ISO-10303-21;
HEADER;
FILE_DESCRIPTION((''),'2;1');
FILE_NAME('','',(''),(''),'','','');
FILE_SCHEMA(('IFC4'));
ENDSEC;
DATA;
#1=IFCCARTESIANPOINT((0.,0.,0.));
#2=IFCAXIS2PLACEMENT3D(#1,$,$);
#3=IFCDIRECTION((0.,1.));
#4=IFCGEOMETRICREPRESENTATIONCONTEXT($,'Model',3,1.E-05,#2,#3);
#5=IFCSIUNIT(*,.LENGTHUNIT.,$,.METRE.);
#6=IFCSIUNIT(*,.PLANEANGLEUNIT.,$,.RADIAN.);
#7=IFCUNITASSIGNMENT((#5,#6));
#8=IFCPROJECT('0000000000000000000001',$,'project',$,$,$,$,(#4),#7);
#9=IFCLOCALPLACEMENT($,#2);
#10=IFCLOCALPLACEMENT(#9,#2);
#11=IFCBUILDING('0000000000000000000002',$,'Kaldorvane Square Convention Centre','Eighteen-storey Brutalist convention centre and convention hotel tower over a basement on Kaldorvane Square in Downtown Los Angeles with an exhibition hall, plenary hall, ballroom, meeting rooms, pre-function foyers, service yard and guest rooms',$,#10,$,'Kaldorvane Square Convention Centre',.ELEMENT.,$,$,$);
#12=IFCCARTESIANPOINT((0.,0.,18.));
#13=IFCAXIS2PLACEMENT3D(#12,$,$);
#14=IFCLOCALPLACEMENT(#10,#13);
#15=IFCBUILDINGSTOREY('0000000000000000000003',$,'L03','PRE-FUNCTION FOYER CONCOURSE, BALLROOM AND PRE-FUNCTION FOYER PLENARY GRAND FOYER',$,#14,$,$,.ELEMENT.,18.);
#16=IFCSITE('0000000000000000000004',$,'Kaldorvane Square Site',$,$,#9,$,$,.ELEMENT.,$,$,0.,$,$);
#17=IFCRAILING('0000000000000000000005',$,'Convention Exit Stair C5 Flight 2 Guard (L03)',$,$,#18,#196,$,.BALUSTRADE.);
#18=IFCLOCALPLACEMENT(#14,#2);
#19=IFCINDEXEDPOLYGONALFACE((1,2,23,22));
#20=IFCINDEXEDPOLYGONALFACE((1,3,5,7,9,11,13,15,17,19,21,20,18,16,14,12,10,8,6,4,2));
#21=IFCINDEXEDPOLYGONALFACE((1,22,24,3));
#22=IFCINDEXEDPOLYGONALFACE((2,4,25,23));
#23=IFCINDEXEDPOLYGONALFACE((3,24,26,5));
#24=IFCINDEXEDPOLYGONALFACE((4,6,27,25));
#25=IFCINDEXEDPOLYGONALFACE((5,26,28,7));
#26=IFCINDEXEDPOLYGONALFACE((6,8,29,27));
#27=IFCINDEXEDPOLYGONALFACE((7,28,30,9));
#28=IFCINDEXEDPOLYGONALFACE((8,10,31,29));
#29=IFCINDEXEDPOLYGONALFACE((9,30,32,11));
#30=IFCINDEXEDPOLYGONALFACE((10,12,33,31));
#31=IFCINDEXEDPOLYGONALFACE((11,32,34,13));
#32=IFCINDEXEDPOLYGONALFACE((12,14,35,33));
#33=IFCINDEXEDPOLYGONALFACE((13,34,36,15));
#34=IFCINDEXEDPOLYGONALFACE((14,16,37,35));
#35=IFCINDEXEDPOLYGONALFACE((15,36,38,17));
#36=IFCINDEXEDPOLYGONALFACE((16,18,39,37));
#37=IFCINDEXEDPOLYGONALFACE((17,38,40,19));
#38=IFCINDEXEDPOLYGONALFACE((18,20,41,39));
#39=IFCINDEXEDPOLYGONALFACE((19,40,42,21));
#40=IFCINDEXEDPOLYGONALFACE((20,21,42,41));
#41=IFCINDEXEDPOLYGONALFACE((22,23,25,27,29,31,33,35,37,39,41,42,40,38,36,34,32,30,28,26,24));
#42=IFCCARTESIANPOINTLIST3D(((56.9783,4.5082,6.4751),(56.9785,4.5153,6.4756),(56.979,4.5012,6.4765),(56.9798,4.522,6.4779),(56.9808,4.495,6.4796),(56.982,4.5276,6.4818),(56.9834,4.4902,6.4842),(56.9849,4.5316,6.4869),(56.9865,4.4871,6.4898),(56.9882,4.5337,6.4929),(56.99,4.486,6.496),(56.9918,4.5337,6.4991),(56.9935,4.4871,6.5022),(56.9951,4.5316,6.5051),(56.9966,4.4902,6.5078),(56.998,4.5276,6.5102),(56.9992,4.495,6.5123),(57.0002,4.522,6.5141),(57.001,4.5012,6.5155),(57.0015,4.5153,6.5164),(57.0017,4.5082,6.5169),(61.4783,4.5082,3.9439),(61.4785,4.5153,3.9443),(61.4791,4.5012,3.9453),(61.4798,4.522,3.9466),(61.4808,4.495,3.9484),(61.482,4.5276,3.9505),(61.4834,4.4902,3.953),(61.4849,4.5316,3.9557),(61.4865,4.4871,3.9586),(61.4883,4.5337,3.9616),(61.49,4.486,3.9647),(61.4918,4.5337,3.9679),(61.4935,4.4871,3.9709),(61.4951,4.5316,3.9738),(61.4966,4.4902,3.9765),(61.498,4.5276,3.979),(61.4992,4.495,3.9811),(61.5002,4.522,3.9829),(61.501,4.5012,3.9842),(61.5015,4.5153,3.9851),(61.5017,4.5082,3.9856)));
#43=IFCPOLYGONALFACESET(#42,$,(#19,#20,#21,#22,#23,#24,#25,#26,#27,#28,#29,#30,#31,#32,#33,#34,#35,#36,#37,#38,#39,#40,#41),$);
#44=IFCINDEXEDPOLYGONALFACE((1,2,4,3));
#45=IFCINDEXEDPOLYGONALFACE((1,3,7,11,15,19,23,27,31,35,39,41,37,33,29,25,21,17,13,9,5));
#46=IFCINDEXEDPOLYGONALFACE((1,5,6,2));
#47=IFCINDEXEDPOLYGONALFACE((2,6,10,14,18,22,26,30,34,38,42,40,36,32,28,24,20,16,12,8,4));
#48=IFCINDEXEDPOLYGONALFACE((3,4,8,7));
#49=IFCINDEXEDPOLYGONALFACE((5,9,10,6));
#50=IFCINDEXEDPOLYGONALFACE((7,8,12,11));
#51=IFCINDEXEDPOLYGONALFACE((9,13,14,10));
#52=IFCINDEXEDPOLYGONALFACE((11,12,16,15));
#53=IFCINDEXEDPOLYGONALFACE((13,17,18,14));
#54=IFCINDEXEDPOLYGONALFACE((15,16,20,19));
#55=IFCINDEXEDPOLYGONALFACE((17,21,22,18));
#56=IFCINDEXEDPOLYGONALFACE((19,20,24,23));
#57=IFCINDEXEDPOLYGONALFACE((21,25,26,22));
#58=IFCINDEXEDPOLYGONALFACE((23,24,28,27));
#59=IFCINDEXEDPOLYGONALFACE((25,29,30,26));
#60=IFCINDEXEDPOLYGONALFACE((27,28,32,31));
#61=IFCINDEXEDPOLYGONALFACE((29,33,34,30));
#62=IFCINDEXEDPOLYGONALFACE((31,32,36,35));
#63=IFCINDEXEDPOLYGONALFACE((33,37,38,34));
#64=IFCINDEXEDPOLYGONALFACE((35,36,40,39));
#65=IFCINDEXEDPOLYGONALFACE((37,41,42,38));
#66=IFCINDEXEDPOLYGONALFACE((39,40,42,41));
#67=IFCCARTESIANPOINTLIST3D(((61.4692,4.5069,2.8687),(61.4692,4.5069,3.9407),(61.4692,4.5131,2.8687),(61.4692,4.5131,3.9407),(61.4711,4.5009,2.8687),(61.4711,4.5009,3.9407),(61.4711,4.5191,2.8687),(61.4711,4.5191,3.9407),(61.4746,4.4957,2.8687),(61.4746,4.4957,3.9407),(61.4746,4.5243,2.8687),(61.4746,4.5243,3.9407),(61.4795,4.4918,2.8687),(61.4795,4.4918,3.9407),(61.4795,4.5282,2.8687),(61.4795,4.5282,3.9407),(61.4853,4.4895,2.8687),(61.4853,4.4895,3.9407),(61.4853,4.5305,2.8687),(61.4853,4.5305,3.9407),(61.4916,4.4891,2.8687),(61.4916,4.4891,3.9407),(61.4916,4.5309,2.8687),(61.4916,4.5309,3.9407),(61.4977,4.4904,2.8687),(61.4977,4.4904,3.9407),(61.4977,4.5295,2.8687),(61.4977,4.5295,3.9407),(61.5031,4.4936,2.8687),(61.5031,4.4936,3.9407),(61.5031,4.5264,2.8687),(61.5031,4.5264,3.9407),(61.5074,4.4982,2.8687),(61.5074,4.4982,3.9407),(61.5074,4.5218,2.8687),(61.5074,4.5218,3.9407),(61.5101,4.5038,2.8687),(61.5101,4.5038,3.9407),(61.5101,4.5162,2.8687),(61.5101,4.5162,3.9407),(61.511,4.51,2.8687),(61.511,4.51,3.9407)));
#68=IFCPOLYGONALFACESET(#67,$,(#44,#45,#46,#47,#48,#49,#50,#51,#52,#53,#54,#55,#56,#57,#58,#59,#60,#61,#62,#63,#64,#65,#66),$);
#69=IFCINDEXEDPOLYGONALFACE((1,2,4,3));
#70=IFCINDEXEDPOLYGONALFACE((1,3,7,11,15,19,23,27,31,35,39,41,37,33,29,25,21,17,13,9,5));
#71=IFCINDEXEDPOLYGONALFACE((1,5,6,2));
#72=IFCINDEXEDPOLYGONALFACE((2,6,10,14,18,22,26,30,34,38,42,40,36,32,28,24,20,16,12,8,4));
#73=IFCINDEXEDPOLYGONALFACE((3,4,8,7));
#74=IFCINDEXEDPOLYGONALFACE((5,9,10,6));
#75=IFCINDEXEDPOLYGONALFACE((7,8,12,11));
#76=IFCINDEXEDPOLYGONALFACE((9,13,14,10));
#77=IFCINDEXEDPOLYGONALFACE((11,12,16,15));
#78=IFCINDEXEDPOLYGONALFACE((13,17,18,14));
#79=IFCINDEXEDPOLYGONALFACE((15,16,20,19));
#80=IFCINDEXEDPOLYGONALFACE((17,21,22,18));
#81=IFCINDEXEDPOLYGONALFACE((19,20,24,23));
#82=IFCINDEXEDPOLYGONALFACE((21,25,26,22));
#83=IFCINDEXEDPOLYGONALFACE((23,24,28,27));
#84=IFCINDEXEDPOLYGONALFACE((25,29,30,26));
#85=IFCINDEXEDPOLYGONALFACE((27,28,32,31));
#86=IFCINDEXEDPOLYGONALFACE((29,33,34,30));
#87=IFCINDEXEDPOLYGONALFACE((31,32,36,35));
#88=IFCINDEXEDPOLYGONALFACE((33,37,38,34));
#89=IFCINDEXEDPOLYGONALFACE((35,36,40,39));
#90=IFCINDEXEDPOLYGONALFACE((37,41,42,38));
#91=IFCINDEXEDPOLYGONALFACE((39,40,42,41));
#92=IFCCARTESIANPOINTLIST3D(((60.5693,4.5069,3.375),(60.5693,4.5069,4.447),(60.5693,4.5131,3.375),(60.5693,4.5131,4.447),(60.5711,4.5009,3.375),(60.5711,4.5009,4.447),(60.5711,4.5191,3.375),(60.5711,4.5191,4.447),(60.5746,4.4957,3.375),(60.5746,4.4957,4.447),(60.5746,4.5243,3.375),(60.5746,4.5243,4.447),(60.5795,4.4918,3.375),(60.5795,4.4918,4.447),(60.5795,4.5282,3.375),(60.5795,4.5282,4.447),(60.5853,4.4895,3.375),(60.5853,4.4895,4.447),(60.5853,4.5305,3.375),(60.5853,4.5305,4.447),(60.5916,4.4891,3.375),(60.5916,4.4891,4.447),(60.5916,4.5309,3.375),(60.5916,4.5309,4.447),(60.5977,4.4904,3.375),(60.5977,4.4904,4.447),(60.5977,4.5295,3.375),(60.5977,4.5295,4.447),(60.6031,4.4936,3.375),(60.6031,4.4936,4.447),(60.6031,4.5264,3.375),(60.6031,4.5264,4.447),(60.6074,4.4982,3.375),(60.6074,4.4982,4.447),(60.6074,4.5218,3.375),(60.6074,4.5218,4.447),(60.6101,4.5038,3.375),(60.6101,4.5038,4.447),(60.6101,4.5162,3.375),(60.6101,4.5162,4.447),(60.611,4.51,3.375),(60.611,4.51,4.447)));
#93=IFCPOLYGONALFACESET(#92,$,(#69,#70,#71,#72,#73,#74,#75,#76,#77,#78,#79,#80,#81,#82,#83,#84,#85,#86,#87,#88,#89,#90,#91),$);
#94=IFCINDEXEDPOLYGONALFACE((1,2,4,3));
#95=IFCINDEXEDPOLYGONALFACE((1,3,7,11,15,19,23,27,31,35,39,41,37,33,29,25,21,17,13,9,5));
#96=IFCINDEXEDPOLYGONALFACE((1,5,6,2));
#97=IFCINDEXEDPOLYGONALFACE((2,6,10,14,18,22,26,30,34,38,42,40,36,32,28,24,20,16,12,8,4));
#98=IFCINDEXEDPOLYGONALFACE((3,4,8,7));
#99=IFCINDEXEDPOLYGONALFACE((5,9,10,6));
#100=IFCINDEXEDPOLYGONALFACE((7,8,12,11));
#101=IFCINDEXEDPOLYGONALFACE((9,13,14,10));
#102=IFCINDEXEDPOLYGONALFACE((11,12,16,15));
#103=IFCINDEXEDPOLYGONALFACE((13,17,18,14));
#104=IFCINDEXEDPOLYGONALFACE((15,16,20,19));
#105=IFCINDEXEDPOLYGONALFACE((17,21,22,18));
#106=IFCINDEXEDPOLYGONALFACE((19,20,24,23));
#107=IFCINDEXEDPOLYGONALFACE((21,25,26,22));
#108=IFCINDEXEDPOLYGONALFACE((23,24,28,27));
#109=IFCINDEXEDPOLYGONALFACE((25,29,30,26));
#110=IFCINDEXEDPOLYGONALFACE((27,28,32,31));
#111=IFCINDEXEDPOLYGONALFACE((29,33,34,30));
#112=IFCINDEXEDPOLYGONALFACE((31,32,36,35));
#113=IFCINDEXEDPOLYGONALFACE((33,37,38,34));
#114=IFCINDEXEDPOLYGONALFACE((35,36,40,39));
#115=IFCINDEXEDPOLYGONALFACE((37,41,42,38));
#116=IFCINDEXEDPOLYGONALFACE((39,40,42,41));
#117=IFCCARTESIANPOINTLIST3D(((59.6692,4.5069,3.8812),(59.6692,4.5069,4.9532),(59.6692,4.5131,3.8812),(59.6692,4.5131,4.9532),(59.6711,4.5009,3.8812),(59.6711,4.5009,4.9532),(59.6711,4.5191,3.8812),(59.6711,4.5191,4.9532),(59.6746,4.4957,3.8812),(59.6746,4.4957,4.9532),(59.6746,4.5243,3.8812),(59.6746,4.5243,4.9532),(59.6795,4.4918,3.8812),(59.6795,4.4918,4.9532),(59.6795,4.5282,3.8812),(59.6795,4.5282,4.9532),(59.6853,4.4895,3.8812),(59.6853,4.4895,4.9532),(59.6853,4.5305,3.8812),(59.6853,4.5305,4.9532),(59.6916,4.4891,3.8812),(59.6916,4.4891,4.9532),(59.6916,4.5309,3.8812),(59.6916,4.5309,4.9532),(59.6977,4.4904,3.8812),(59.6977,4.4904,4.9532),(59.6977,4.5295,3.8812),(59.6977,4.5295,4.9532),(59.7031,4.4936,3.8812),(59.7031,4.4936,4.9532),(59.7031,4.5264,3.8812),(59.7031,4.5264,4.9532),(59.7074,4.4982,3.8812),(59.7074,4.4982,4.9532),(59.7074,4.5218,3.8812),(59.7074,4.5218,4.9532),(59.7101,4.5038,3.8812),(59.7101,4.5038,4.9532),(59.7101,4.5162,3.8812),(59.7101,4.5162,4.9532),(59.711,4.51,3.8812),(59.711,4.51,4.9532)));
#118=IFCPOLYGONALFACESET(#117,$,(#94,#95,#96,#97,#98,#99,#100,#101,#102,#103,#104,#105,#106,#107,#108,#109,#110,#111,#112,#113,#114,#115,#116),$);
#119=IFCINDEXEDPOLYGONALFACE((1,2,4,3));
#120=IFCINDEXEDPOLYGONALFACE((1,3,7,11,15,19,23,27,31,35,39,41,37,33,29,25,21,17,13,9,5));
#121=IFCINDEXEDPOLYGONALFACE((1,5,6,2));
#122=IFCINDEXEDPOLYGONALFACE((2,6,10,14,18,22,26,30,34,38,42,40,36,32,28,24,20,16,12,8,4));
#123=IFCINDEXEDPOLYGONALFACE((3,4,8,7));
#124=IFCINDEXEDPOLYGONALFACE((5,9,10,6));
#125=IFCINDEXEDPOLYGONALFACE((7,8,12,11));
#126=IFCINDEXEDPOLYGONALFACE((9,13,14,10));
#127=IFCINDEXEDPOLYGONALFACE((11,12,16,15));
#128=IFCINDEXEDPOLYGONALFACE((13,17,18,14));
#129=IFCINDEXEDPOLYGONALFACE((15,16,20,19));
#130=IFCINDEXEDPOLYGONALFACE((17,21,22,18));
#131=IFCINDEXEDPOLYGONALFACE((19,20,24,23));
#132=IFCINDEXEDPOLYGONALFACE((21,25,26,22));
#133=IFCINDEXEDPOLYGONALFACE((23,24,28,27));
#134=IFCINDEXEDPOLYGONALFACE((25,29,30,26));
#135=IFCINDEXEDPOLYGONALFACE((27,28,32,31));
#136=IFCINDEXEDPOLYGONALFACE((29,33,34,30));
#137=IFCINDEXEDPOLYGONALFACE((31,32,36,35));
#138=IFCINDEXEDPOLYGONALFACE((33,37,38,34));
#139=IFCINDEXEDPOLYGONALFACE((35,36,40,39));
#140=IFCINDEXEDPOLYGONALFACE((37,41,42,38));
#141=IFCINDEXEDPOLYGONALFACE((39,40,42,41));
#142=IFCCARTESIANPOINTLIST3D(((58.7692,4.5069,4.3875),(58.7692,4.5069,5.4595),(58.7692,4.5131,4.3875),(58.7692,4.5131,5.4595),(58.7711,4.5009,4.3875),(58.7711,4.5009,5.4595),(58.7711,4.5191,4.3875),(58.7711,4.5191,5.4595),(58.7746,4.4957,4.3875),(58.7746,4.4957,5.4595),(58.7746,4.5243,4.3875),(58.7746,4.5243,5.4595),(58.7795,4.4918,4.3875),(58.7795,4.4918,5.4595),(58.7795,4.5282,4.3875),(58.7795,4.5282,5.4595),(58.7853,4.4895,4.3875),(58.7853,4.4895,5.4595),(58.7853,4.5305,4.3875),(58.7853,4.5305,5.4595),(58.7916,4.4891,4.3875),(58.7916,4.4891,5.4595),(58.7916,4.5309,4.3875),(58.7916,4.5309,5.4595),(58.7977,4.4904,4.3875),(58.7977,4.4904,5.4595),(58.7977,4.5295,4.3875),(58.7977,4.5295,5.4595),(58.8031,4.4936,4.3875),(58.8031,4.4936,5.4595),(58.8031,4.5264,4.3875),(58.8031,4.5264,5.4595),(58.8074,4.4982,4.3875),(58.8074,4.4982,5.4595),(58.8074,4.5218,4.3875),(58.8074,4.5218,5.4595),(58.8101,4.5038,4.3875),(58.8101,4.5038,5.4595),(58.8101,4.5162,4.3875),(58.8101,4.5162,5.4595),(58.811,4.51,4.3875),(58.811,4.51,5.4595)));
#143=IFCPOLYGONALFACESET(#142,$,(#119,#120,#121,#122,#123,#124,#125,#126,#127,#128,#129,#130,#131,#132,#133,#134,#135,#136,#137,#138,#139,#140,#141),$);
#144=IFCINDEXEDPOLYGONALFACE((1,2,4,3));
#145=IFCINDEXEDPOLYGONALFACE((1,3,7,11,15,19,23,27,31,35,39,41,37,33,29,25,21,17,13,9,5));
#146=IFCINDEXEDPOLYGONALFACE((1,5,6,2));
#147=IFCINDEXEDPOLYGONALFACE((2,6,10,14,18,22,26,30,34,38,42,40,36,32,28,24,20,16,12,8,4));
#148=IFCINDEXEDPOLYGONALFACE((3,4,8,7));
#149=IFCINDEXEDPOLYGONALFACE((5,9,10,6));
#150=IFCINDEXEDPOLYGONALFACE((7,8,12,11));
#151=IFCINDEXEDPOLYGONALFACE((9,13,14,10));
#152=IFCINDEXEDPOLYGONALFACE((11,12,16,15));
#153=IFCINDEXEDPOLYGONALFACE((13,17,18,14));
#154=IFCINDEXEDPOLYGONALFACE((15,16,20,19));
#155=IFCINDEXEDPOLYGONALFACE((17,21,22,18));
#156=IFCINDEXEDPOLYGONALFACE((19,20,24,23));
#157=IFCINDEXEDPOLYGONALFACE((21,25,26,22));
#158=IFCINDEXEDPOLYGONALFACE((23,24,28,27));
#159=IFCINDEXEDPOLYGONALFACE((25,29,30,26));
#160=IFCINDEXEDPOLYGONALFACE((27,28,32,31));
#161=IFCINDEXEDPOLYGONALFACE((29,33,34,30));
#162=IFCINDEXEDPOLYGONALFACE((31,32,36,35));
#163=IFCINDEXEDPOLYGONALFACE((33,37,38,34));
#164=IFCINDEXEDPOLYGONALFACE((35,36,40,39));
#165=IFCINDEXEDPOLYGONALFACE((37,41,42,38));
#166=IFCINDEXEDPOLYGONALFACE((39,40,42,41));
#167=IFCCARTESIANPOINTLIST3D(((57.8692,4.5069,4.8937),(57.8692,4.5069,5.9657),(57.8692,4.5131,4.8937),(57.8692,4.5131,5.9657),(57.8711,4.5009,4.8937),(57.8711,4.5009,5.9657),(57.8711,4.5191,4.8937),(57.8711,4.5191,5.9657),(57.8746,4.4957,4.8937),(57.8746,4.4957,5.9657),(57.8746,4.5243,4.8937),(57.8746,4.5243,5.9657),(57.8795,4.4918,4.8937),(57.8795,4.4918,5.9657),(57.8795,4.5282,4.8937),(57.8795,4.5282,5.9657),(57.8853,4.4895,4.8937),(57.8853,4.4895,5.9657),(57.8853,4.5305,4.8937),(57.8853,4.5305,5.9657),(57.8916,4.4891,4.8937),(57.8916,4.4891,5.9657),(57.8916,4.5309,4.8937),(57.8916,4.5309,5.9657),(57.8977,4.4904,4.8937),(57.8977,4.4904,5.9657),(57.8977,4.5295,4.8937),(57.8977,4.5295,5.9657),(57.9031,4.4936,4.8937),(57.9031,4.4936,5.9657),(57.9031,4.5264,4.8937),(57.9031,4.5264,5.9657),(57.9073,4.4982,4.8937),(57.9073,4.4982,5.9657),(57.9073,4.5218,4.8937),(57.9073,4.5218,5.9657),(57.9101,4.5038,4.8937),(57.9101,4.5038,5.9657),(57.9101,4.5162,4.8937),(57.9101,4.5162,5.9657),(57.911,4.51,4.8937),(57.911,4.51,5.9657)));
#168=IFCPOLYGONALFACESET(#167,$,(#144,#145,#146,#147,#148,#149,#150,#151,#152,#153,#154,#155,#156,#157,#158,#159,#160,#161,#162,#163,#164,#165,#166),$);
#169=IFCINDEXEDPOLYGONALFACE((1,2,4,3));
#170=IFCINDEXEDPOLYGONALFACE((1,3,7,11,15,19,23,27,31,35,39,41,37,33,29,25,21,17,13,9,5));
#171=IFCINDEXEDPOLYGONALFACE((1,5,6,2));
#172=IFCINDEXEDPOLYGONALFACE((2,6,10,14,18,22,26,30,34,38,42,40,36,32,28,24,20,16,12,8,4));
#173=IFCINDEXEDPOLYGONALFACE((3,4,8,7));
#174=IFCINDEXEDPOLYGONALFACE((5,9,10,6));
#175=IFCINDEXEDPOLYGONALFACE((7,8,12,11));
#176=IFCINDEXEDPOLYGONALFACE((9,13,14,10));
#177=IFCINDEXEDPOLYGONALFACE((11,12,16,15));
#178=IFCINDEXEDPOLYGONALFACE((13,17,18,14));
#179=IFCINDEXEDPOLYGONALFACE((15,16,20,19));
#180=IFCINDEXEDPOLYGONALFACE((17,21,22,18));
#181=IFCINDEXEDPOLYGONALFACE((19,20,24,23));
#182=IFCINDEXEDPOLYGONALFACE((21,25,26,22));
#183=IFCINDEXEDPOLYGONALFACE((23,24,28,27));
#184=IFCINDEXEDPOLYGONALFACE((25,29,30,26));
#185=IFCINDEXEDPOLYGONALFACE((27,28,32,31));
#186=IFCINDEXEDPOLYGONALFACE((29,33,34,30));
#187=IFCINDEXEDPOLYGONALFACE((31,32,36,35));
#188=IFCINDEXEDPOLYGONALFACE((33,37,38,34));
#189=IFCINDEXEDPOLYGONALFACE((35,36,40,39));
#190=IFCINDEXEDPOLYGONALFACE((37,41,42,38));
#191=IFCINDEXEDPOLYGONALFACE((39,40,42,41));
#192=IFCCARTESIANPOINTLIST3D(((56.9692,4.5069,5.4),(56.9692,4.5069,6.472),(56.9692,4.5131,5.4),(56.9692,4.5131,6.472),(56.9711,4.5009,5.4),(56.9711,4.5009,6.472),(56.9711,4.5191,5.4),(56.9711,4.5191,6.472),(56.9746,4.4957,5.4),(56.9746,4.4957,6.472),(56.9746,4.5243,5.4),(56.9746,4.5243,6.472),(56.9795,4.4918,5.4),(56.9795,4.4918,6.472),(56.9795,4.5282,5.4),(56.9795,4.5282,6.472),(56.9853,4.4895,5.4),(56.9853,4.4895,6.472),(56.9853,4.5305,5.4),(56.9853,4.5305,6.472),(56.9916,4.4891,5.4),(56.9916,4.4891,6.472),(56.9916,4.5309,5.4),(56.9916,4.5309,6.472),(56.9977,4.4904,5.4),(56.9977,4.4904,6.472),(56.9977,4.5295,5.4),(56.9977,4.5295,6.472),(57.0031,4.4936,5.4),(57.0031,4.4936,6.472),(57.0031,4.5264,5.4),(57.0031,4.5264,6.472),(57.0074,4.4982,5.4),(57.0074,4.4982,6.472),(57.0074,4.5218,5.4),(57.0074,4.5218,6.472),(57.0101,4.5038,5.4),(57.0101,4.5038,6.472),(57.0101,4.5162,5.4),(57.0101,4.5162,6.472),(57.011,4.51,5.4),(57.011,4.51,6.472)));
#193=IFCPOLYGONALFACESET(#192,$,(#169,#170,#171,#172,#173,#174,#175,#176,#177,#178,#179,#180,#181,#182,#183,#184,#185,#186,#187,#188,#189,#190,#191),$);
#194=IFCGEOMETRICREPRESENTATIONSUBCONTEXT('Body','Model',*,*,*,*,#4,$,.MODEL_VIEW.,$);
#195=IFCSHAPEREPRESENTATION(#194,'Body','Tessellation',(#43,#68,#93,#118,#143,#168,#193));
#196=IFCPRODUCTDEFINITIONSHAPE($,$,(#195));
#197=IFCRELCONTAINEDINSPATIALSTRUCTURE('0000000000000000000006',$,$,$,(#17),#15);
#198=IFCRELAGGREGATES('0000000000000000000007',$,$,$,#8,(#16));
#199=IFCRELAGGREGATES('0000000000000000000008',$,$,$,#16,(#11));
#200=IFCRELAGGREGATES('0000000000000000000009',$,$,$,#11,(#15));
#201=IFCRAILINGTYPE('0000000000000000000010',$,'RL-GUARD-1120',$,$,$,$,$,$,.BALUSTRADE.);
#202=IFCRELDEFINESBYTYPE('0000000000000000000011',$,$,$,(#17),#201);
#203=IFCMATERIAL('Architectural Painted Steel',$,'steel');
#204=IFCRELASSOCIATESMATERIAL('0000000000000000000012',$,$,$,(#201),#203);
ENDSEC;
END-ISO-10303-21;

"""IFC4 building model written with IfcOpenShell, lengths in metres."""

from ifc_helpers import new_model, si_unit, direction, frame, origin, origin_2d, place, context, subcontext, project, spatial, circle, extrude, material, type_object, element, save


model = new_model("IFC4")

# Units and contexts
model_context = context("Model", 3, precision=1e-05, world=origin(), true_north=direction((0.0, 1.0)))
body_context = subcontext(model_context, "Body", "Model", "MODEL_VIEW")
ifc_project = project(units=[si_unit("LENGTHUNIT", "METRE"), si_unit("PLANEANGLEUNIT", "RADIAN")], contexts=[model_context])

# Site, building, storey
site_placement = place(None, origin())
site = spatial("IfcSite", under=ifc_project, at=site_placement, Name="Kaldorvane Square Site", CompositionType="ELEMENT", RefElevation=0.0)
building_placement = place(site_placement, origin())
building = spatial("IfcBuilding", under=site, at=building_placement, Name="Kaldorvane Square Convention Centre", Description="Eighteen-storey Brutalist convention centre and convention hotel tower over a basement on Kaldorvane Square in Downtown Los Angeles with an exhibition hall, plenary hall, ballroom, meeting rooms, pre-function foyers, service yard and guest rooms", LongName="Kaldorvane Square Convention Centre", CompositionType="ELEMENT")
storey_placement = place(building_placement, frame((0.0, 0.0, 18.0)))
storey = spatial("IfcBuildingStorey", under=building, at=storey_placement, Name="L03", Description="PRE-FUNCTION FOYER CONCOURSE, BALLROOM AND PRE-FUNCTION FOYER PLENARY GRAND FOYER", CompositionType="ELEMENT", Elevation=18.0)

# Railing
ifc_material_1 = material(Name="Architectural Painted Steel", Category="steel")
railing_type_1 = type_object("IfcRailingType", Name="RL-GUARD-1120", PredefinedType="BALUSTRADE", material=ifc_material_1)
for number, where, name in (
    (1, (61.49, 4.51, 2.8687), "Convention Exit Stair C5 Flight 2 Guard (L03)"),
):
    element("IfcRailing", number, at=place(storey_placement, frame(where)), inside=storey, type_object=railing_type_1, Name=name, PredefinedType="BALUSTRADE", context=body_context, shape_type="SweptSolid", body=[
        extrude(circle(Radius=0.024, at=origin_2d()), frame((0.0, 0.0, 1.096), z_axis=(-0.871576, 0.0, 0.490261), x_axis=(0.0, -1.0, 0.0)), (0.0, 0.0, 1.0), 5.1631),
        extrude(circle(Radius=0.021, at=origin_2d()), origin(), (0.0, 0.0, 1.0), 1.072),
        extrude(circle(Radius=0.021, at=origin_2d()), frame((-0.9, 0.0, 0.5063)), (0.0, 0.0, 1.0), 1.072),
        extrude(circle(Radius=0.021, at=origin_2d()), frame((-1.8, 0.0, 1.0125)), (0.0, 0.0, 1.0), 1.072),
        extrude(circle(Radius=0.021, at=origin_2d()), frame((-2.7, 0.0, 1.5188)), (0.0, 0.0, 1.0), 1.072),
        extrude(circle(Radius=0.021, at=origin_2d()), frame((-3.6, 0.0, 2.025)), (0.0, 0.0, 1.0), 1.072),
        extrude(circle(Radius=0.021, at=origin_2d()), frame((-4.5, 0.0, 2.5312)), (0.0, 0.0, 1.0), 1.072),
    ])

save(model, "model.ifc")
